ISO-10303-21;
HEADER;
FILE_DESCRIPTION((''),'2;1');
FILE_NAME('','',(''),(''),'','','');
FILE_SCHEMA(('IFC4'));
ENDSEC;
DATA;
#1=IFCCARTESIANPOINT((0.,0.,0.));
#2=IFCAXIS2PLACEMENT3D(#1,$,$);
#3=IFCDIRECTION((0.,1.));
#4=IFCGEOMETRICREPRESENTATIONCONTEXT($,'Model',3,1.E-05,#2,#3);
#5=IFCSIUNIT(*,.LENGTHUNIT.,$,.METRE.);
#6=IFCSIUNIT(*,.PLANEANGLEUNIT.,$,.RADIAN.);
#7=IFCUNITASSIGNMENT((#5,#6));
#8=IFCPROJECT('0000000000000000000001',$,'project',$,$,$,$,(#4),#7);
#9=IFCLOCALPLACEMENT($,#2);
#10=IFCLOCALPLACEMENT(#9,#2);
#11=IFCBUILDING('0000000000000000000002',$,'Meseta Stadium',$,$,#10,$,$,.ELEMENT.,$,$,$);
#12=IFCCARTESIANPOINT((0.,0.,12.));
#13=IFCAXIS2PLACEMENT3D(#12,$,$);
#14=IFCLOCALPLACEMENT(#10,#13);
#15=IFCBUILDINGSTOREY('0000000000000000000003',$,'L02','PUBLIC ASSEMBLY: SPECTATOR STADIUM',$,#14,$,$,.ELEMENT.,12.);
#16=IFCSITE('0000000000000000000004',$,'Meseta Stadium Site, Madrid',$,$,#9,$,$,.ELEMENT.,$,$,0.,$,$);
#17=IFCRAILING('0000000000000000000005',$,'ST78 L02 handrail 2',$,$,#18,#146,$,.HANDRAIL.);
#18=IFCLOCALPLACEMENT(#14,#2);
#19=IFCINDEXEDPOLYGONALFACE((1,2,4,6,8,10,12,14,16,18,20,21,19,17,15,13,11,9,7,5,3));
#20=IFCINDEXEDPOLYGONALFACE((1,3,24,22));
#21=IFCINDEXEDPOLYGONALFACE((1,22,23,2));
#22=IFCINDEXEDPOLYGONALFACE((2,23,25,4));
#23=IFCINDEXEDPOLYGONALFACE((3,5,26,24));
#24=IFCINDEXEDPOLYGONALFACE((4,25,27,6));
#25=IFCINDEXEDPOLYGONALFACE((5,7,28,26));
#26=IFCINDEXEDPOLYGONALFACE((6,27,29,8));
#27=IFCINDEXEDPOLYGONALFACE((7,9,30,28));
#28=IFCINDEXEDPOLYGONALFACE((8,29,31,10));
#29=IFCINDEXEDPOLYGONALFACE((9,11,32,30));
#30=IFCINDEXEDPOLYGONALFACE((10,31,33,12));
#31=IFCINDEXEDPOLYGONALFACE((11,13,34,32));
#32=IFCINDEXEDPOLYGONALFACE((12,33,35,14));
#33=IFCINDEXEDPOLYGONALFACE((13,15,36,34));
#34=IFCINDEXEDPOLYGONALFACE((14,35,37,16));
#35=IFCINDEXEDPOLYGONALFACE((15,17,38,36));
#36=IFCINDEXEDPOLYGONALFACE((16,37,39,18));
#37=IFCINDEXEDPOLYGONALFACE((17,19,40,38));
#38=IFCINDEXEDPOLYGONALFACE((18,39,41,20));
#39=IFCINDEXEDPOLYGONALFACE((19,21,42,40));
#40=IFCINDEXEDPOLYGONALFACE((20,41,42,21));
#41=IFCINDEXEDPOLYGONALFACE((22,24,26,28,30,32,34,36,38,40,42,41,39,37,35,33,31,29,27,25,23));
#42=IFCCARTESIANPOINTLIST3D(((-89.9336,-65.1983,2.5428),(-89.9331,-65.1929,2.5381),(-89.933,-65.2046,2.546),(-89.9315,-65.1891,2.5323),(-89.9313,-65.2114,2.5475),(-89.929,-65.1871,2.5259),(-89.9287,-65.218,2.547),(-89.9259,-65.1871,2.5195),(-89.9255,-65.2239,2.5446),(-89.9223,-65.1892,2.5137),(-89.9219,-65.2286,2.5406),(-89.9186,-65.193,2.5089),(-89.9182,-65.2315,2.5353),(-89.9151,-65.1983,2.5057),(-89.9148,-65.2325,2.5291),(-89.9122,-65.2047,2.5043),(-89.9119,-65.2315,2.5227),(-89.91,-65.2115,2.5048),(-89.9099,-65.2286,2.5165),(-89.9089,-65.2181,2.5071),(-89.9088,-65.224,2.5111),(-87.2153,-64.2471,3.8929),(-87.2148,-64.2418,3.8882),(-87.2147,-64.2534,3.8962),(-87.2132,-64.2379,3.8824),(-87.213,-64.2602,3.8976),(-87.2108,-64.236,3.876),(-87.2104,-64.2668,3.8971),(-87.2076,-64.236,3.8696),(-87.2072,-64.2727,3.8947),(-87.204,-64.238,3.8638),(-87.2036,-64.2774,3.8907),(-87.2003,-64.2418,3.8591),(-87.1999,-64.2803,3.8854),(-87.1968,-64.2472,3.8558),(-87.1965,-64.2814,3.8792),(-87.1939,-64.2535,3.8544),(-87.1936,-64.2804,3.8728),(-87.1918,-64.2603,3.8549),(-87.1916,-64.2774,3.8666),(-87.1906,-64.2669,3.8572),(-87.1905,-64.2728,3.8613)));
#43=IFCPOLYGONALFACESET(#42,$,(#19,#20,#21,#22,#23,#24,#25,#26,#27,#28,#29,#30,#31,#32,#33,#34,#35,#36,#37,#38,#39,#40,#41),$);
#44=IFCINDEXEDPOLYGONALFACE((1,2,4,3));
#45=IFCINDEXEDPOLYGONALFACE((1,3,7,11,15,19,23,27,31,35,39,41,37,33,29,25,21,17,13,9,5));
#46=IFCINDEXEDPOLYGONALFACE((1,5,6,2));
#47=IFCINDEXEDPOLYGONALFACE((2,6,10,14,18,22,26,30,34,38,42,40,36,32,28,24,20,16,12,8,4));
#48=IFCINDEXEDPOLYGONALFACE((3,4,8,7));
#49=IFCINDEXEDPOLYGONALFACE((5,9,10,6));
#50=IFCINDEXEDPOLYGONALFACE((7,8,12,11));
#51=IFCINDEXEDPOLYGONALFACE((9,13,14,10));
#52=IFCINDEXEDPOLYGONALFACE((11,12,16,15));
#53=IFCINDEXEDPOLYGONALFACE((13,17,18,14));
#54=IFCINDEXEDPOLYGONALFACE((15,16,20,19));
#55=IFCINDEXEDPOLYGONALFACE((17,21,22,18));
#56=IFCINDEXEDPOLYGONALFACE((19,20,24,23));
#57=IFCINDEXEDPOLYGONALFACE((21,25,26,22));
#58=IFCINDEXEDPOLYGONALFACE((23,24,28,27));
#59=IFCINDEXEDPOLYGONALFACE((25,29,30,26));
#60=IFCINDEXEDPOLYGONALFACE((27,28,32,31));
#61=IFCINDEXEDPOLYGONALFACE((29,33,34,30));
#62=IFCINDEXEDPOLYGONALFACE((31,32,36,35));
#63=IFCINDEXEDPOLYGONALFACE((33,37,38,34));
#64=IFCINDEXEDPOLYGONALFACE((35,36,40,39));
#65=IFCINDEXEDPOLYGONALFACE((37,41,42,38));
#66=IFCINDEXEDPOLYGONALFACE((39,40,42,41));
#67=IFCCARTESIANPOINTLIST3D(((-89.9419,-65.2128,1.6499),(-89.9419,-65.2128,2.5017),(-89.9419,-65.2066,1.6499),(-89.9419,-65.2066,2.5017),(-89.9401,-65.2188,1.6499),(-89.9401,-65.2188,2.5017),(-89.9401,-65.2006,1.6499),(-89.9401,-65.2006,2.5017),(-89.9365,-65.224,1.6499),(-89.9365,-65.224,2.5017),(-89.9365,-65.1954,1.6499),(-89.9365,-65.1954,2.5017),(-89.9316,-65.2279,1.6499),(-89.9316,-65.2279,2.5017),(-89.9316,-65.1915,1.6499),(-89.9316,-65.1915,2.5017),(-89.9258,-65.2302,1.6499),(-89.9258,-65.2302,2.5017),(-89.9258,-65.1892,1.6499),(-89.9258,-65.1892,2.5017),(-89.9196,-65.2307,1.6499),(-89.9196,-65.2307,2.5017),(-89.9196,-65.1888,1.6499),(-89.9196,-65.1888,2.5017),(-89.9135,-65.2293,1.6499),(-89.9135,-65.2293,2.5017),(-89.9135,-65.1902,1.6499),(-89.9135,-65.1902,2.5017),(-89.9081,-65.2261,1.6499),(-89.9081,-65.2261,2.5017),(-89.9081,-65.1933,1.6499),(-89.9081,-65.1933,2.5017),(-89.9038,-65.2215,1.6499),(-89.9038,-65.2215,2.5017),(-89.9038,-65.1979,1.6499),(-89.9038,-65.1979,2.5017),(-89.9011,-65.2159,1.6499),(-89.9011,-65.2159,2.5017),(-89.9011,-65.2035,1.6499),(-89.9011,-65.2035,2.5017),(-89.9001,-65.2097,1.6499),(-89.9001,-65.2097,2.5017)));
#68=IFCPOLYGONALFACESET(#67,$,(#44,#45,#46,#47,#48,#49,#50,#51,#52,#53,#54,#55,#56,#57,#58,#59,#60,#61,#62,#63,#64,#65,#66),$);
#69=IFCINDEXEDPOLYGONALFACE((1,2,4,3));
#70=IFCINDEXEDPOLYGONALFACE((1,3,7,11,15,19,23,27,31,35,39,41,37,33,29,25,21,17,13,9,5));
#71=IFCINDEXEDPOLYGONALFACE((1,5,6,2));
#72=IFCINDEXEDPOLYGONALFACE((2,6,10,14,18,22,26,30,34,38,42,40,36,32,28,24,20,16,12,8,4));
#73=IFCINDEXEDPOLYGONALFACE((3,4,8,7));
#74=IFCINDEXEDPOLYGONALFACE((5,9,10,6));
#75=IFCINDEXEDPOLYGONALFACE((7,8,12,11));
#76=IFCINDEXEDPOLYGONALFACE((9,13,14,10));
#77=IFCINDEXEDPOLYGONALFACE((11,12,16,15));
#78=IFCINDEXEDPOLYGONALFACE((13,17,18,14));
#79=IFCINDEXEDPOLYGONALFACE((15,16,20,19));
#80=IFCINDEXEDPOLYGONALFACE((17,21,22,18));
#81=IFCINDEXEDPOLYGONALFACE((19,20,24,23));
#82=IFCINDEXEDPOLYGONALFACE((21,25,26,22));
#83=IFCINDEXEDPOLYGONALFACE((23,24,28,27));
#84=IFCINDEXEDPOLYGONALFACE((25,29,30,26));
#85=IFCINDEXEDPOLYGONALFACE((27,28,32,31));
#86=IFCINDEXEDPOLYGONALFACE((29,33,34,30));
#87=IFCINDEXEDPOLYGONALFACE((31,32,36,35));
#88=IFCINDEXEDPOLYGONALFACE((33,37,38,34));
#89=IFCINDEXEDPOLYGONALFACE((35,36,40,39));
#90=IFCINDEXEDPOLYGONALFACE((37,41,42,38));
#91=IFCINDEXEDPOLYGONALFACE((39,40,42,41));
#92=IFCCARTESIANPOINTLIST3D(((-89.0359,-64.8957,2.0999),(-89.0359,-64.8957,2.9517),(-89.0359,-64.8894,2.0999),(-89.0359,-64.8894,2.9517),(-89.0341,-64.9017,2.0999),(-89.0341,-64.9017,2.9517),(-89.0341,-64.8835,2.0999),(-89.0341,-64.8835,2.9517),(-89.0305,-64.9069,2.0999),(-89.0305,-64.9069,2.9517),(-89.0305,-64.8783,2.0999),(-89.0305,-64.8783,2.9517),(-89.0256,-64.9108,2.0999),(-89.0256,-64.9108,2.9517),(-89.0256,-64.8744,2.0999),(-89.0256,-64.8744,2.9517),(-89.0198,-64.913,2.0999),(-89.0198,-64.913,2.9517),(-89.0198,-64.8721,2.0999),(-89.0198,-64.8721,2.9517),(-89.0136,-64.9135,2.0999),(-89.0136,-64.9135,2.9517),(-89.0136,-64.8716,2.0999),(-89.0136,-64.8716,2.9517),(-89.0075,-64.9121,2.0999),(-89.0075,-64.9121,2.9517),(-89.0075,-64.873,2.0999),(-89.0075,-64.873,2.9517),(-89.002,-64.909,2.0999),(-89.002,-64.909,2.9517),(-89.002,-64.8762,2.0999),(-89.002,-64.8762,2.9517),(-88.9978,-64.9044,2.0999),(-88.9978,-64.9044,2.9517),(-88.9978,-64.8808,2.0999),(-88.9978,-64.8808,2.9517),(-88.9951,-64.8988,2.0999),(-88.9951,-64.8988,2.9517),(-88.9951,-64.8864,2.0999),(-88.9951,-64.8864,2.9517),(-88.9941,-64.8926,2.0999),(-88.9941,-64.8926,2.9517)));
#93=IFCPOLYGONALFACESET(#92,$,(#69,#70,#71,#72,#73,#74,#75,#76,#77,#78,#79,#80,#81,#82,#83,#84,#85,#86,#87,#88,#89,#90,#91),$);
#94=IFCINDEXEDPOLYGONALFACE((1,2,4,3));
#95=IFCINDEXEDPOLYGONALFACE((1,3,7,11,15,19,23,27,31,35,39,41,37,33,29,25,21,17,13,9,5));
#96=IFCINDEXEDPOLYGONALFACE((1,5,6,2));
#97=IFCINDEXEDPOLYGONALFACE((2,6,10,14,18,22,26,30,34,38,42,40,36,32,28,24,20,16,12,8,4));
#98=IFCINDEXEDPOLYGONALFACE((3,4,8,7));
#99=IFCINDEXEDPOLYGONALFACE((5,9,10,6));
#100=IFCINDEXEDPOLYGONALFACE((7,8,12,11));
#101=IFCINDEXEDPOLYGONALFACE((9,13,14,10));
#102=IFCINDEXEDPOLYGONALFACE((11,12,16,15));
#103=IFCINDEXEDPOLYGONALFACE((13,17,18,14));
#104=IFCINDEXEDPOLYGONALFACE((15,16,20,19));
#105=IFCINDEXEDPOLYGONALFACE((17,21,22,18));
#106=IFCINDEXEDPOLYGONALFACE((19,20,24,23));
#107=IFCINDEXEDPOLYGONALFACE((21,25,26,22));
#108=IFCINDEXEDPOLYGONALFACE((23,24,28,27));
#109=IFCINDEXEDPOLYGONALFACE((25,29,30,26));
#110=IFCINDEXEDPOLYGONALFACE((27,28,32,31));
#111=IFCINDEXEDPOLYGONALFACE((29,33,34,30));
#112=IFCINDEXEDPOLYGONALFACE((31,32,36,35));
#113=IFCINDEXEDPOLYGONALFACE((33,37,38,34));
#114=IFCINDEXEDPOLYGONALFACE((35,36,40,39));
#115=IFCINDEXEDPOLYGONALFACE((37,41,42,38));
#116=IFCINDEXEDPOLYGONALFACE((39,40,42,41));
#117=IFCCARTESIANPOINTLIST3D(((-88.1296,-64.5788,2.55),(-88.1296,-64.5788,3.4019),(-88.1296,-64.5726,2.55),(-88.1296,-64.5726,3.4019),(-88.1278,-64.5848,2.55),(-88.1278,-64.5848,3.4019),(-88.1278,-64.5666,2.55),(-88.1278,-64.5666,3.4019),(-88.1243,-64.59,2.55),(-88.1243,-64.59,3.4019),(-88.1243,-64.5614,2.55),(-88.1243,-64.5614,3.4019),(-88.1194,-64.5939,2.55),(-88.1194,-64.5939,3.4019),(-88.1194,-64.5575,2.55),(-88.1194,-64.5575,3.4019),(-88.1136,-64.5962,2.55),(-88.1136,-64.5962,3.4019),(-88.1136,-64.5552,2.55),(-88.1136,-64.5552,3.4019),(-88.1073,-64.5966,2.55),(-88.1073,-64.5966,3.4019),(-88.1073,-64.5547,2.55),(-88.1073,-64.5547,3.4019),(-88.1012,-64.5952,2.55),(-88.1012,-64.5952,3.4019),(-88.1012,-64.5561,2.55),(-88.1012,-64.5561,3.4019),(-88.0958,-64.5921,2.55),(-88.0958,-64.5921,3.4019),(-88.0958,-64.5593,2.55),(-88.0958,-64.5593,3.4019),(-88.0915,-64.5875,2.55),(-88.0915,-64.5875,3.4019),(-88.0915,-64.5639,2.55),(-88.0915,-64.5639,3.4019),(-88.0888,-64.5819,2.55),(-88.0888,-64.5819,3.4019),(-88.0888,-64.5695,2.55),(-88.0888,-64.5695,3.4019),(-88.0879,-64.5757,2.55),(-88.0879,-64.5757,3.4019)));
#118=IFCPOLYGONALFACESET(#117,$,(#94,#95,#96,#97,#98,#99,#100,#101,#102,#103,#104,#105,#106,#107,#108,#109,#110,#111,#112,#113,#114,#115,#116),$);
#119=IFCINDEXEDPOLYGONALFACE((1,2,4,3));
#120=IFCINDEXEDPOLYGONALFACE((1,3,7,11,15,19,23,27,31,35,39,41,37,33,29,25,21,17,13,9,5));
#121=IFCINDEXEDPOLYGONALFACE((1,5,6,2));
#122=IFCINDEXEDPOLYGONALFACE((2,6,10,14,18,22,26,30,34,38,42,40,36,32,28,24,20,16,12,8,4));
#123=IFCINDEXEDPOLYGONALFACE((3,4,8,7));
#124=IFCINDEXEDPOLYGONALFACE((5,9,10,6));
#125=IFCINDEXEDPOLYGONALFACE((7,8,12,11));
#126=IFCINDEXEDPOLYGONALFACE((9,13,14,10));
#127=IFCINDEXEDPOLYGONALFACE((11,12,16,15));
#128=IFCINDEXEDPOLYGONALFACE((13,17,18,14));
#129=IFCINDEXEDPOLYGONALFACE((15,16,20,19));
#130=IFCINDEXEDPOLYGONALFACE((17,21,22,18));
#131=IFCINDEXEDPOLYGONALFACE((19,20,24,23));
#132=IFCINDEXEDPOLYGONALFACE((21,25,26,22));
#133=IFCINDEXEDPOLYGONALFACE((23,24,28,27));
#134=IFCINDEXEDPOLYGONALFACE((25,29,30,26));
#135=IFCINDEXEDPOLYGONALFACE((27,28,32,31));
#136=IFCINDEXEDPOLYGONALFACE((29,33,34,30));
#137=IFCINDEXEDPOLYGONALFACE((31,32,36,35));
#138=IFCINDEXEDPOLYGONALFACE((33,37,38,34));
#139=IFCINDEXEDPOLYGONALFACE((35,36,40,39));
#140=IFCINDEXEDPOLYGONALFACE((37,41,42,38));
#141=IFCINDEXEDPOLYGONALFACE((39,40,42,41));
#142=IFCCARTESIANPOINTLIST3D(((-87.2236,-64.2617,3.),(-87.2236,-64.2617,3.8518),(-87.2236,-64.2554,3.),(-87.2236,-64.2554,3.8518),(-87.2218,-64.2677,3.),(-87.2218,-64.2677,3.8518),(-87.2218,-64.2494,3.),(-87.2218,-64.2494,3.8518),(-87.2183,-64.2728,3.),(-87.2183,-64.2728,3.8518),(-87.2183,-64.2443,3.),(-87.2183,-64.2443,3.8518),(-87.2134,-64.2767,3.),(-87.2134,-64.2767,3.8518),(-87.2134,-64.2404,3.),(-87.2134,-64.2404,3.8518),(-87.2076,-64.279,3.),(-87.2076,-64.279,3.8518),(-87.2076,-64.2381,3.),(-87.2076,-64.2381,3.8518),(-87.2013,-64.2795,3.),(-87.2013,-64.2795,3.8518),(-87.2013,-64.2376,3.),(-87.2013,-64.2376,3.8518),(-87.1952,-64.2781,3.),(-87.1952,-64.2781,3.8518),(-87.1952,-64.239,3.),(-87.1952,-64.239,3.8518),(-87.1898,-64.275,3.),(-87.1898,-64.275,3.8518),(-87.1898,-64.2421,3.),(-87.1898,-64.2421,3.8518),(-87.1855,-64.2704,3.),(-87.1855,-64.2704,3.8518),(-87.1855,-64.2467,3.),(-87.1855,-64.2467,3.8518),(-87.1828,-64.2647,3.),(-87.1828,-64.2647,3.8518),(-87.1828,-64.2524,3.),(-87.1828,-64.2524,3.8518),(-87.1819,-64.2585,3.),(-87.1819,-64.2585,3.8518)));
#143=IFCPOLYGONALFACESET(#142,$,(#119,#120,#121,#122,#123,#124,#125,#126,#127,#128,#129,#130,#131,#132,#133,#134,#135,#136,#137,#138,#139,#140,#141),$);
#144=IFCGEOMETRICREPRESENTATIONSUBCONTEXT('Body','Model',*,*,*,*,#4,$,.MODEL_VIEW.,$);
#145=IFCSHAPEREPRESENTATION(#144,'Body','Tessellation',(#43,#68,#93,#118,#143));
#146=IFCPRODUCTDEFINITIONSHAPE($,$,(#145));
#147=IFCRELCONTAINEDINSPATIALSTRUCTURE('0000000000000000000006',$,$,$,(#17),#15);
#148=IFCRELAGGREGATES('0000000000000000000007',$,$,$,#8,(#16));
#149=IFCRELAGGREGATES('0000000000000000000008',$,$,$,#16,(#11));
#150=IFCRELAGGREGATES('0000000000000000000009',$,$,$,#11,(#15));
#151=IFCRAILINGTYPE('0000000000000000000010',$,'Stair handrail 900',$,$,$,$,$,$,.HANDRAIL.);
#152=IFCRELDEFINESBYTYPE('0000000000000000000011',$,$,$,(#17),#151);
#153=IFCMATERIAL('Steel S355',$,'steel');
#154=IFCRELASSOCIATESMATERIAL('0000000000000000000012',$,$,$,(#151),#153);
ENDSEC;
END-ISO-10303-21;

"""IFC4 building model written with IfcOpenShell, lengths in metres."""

from ifc_helpers import new_model, si_unit, direction, frame, origin, origin_2d, place, context, subcontext, project, spatial, circle, extrude, material, type_object, element, save


model = new_model("IFC4")

# Units and contexts
model_context = context("Model", 3, precision=1e-05, world=origin(), true_north=direction((0.0, 1.0)))
body_context = subcontext(model_context, "Body", "Model", "MODEL_VIEW")
ifc_project = project(units=[si_unit("LENGTHUNIT", "METRE"), si_unit("PLANEANGLEUNIT", "RADIAN")], contexts=[model_context])

# Site, building, storey
site_placement = place(None, origin())
site = spatial("IfcSite", under=ifc_project, at=site_placement, Name="Meseta Stadium Site, Madrid", CompositionType="ELEMENT", RefElevation=0.0)
building_placement = place(site_placement, origin())
building = spatial("IfcBuilding", under=site, at=building_placement, Name="Meseta Stadium", CompositionType="ELEMENT")
storey_placement = place(building_placement, frame((0.0, 0.0, 12.0)))
storey = spatial("IfcBuildingStorey", under=building, at=storey_placement, Name="L02", Description="PUBLIC ASSEMBLY: SPECTATOR STADIUM", CompositionType="ELEMENT", Elevation=12.0)

# Railing
ifc_material_1 = material(Name="Steel S355", Category="steel")
railing_type_1 = type_object("IfcRailingType", Name="Stair handrail 900", PredefinedType="HANDRAIL", material=ifc_material_1)
for number, where, name in (
    (1, (-89.9211, -65.2097, 1.6499), "ST78 L02 handrail 2"),
):
    element("IfcRailing", number, at=place(storey_placement, frame(where)), inside=storey, type_object=railing_type_1, Name=name, PredefinedType="HANDRAIL", context=body_context, shape_type="SweptSolid", body=[
        extrude(circle(Radius=0.0239, at=origin_2d()), frame((0.0, 0.0, 0.876), z_axis=(0.854629, 0.299051, 0.424474), x_axis=(-0.330282, 0.943882, 0.0)), (0.0, 0.0, 1.0), 3.1807),
        extrude(circle(Radius=0.021, at=origin_2d()), origin(), (0.0, 0.0, 1.0), 0.8518),
        extrude(circle(Radius=0.021, at=origin_2d()), frame((0.906, 0.3171, 0.45)), (0.0, 0.0, 1.0), 0.8518),
        extrude(circle(Radius=0.021, at=origin_2d()), frame((1.8123, 0.634, 0.9001)), (0.0, 0.0, 1.0), 0.8518),
        extrude(circle(Radius=0.021, at=origin_2d()), frame((2.7183, 0.9512, 1.3501)), (0.0, 0.0, 1.0), 0.8518),
    ])

save(model, "model.ifc")
